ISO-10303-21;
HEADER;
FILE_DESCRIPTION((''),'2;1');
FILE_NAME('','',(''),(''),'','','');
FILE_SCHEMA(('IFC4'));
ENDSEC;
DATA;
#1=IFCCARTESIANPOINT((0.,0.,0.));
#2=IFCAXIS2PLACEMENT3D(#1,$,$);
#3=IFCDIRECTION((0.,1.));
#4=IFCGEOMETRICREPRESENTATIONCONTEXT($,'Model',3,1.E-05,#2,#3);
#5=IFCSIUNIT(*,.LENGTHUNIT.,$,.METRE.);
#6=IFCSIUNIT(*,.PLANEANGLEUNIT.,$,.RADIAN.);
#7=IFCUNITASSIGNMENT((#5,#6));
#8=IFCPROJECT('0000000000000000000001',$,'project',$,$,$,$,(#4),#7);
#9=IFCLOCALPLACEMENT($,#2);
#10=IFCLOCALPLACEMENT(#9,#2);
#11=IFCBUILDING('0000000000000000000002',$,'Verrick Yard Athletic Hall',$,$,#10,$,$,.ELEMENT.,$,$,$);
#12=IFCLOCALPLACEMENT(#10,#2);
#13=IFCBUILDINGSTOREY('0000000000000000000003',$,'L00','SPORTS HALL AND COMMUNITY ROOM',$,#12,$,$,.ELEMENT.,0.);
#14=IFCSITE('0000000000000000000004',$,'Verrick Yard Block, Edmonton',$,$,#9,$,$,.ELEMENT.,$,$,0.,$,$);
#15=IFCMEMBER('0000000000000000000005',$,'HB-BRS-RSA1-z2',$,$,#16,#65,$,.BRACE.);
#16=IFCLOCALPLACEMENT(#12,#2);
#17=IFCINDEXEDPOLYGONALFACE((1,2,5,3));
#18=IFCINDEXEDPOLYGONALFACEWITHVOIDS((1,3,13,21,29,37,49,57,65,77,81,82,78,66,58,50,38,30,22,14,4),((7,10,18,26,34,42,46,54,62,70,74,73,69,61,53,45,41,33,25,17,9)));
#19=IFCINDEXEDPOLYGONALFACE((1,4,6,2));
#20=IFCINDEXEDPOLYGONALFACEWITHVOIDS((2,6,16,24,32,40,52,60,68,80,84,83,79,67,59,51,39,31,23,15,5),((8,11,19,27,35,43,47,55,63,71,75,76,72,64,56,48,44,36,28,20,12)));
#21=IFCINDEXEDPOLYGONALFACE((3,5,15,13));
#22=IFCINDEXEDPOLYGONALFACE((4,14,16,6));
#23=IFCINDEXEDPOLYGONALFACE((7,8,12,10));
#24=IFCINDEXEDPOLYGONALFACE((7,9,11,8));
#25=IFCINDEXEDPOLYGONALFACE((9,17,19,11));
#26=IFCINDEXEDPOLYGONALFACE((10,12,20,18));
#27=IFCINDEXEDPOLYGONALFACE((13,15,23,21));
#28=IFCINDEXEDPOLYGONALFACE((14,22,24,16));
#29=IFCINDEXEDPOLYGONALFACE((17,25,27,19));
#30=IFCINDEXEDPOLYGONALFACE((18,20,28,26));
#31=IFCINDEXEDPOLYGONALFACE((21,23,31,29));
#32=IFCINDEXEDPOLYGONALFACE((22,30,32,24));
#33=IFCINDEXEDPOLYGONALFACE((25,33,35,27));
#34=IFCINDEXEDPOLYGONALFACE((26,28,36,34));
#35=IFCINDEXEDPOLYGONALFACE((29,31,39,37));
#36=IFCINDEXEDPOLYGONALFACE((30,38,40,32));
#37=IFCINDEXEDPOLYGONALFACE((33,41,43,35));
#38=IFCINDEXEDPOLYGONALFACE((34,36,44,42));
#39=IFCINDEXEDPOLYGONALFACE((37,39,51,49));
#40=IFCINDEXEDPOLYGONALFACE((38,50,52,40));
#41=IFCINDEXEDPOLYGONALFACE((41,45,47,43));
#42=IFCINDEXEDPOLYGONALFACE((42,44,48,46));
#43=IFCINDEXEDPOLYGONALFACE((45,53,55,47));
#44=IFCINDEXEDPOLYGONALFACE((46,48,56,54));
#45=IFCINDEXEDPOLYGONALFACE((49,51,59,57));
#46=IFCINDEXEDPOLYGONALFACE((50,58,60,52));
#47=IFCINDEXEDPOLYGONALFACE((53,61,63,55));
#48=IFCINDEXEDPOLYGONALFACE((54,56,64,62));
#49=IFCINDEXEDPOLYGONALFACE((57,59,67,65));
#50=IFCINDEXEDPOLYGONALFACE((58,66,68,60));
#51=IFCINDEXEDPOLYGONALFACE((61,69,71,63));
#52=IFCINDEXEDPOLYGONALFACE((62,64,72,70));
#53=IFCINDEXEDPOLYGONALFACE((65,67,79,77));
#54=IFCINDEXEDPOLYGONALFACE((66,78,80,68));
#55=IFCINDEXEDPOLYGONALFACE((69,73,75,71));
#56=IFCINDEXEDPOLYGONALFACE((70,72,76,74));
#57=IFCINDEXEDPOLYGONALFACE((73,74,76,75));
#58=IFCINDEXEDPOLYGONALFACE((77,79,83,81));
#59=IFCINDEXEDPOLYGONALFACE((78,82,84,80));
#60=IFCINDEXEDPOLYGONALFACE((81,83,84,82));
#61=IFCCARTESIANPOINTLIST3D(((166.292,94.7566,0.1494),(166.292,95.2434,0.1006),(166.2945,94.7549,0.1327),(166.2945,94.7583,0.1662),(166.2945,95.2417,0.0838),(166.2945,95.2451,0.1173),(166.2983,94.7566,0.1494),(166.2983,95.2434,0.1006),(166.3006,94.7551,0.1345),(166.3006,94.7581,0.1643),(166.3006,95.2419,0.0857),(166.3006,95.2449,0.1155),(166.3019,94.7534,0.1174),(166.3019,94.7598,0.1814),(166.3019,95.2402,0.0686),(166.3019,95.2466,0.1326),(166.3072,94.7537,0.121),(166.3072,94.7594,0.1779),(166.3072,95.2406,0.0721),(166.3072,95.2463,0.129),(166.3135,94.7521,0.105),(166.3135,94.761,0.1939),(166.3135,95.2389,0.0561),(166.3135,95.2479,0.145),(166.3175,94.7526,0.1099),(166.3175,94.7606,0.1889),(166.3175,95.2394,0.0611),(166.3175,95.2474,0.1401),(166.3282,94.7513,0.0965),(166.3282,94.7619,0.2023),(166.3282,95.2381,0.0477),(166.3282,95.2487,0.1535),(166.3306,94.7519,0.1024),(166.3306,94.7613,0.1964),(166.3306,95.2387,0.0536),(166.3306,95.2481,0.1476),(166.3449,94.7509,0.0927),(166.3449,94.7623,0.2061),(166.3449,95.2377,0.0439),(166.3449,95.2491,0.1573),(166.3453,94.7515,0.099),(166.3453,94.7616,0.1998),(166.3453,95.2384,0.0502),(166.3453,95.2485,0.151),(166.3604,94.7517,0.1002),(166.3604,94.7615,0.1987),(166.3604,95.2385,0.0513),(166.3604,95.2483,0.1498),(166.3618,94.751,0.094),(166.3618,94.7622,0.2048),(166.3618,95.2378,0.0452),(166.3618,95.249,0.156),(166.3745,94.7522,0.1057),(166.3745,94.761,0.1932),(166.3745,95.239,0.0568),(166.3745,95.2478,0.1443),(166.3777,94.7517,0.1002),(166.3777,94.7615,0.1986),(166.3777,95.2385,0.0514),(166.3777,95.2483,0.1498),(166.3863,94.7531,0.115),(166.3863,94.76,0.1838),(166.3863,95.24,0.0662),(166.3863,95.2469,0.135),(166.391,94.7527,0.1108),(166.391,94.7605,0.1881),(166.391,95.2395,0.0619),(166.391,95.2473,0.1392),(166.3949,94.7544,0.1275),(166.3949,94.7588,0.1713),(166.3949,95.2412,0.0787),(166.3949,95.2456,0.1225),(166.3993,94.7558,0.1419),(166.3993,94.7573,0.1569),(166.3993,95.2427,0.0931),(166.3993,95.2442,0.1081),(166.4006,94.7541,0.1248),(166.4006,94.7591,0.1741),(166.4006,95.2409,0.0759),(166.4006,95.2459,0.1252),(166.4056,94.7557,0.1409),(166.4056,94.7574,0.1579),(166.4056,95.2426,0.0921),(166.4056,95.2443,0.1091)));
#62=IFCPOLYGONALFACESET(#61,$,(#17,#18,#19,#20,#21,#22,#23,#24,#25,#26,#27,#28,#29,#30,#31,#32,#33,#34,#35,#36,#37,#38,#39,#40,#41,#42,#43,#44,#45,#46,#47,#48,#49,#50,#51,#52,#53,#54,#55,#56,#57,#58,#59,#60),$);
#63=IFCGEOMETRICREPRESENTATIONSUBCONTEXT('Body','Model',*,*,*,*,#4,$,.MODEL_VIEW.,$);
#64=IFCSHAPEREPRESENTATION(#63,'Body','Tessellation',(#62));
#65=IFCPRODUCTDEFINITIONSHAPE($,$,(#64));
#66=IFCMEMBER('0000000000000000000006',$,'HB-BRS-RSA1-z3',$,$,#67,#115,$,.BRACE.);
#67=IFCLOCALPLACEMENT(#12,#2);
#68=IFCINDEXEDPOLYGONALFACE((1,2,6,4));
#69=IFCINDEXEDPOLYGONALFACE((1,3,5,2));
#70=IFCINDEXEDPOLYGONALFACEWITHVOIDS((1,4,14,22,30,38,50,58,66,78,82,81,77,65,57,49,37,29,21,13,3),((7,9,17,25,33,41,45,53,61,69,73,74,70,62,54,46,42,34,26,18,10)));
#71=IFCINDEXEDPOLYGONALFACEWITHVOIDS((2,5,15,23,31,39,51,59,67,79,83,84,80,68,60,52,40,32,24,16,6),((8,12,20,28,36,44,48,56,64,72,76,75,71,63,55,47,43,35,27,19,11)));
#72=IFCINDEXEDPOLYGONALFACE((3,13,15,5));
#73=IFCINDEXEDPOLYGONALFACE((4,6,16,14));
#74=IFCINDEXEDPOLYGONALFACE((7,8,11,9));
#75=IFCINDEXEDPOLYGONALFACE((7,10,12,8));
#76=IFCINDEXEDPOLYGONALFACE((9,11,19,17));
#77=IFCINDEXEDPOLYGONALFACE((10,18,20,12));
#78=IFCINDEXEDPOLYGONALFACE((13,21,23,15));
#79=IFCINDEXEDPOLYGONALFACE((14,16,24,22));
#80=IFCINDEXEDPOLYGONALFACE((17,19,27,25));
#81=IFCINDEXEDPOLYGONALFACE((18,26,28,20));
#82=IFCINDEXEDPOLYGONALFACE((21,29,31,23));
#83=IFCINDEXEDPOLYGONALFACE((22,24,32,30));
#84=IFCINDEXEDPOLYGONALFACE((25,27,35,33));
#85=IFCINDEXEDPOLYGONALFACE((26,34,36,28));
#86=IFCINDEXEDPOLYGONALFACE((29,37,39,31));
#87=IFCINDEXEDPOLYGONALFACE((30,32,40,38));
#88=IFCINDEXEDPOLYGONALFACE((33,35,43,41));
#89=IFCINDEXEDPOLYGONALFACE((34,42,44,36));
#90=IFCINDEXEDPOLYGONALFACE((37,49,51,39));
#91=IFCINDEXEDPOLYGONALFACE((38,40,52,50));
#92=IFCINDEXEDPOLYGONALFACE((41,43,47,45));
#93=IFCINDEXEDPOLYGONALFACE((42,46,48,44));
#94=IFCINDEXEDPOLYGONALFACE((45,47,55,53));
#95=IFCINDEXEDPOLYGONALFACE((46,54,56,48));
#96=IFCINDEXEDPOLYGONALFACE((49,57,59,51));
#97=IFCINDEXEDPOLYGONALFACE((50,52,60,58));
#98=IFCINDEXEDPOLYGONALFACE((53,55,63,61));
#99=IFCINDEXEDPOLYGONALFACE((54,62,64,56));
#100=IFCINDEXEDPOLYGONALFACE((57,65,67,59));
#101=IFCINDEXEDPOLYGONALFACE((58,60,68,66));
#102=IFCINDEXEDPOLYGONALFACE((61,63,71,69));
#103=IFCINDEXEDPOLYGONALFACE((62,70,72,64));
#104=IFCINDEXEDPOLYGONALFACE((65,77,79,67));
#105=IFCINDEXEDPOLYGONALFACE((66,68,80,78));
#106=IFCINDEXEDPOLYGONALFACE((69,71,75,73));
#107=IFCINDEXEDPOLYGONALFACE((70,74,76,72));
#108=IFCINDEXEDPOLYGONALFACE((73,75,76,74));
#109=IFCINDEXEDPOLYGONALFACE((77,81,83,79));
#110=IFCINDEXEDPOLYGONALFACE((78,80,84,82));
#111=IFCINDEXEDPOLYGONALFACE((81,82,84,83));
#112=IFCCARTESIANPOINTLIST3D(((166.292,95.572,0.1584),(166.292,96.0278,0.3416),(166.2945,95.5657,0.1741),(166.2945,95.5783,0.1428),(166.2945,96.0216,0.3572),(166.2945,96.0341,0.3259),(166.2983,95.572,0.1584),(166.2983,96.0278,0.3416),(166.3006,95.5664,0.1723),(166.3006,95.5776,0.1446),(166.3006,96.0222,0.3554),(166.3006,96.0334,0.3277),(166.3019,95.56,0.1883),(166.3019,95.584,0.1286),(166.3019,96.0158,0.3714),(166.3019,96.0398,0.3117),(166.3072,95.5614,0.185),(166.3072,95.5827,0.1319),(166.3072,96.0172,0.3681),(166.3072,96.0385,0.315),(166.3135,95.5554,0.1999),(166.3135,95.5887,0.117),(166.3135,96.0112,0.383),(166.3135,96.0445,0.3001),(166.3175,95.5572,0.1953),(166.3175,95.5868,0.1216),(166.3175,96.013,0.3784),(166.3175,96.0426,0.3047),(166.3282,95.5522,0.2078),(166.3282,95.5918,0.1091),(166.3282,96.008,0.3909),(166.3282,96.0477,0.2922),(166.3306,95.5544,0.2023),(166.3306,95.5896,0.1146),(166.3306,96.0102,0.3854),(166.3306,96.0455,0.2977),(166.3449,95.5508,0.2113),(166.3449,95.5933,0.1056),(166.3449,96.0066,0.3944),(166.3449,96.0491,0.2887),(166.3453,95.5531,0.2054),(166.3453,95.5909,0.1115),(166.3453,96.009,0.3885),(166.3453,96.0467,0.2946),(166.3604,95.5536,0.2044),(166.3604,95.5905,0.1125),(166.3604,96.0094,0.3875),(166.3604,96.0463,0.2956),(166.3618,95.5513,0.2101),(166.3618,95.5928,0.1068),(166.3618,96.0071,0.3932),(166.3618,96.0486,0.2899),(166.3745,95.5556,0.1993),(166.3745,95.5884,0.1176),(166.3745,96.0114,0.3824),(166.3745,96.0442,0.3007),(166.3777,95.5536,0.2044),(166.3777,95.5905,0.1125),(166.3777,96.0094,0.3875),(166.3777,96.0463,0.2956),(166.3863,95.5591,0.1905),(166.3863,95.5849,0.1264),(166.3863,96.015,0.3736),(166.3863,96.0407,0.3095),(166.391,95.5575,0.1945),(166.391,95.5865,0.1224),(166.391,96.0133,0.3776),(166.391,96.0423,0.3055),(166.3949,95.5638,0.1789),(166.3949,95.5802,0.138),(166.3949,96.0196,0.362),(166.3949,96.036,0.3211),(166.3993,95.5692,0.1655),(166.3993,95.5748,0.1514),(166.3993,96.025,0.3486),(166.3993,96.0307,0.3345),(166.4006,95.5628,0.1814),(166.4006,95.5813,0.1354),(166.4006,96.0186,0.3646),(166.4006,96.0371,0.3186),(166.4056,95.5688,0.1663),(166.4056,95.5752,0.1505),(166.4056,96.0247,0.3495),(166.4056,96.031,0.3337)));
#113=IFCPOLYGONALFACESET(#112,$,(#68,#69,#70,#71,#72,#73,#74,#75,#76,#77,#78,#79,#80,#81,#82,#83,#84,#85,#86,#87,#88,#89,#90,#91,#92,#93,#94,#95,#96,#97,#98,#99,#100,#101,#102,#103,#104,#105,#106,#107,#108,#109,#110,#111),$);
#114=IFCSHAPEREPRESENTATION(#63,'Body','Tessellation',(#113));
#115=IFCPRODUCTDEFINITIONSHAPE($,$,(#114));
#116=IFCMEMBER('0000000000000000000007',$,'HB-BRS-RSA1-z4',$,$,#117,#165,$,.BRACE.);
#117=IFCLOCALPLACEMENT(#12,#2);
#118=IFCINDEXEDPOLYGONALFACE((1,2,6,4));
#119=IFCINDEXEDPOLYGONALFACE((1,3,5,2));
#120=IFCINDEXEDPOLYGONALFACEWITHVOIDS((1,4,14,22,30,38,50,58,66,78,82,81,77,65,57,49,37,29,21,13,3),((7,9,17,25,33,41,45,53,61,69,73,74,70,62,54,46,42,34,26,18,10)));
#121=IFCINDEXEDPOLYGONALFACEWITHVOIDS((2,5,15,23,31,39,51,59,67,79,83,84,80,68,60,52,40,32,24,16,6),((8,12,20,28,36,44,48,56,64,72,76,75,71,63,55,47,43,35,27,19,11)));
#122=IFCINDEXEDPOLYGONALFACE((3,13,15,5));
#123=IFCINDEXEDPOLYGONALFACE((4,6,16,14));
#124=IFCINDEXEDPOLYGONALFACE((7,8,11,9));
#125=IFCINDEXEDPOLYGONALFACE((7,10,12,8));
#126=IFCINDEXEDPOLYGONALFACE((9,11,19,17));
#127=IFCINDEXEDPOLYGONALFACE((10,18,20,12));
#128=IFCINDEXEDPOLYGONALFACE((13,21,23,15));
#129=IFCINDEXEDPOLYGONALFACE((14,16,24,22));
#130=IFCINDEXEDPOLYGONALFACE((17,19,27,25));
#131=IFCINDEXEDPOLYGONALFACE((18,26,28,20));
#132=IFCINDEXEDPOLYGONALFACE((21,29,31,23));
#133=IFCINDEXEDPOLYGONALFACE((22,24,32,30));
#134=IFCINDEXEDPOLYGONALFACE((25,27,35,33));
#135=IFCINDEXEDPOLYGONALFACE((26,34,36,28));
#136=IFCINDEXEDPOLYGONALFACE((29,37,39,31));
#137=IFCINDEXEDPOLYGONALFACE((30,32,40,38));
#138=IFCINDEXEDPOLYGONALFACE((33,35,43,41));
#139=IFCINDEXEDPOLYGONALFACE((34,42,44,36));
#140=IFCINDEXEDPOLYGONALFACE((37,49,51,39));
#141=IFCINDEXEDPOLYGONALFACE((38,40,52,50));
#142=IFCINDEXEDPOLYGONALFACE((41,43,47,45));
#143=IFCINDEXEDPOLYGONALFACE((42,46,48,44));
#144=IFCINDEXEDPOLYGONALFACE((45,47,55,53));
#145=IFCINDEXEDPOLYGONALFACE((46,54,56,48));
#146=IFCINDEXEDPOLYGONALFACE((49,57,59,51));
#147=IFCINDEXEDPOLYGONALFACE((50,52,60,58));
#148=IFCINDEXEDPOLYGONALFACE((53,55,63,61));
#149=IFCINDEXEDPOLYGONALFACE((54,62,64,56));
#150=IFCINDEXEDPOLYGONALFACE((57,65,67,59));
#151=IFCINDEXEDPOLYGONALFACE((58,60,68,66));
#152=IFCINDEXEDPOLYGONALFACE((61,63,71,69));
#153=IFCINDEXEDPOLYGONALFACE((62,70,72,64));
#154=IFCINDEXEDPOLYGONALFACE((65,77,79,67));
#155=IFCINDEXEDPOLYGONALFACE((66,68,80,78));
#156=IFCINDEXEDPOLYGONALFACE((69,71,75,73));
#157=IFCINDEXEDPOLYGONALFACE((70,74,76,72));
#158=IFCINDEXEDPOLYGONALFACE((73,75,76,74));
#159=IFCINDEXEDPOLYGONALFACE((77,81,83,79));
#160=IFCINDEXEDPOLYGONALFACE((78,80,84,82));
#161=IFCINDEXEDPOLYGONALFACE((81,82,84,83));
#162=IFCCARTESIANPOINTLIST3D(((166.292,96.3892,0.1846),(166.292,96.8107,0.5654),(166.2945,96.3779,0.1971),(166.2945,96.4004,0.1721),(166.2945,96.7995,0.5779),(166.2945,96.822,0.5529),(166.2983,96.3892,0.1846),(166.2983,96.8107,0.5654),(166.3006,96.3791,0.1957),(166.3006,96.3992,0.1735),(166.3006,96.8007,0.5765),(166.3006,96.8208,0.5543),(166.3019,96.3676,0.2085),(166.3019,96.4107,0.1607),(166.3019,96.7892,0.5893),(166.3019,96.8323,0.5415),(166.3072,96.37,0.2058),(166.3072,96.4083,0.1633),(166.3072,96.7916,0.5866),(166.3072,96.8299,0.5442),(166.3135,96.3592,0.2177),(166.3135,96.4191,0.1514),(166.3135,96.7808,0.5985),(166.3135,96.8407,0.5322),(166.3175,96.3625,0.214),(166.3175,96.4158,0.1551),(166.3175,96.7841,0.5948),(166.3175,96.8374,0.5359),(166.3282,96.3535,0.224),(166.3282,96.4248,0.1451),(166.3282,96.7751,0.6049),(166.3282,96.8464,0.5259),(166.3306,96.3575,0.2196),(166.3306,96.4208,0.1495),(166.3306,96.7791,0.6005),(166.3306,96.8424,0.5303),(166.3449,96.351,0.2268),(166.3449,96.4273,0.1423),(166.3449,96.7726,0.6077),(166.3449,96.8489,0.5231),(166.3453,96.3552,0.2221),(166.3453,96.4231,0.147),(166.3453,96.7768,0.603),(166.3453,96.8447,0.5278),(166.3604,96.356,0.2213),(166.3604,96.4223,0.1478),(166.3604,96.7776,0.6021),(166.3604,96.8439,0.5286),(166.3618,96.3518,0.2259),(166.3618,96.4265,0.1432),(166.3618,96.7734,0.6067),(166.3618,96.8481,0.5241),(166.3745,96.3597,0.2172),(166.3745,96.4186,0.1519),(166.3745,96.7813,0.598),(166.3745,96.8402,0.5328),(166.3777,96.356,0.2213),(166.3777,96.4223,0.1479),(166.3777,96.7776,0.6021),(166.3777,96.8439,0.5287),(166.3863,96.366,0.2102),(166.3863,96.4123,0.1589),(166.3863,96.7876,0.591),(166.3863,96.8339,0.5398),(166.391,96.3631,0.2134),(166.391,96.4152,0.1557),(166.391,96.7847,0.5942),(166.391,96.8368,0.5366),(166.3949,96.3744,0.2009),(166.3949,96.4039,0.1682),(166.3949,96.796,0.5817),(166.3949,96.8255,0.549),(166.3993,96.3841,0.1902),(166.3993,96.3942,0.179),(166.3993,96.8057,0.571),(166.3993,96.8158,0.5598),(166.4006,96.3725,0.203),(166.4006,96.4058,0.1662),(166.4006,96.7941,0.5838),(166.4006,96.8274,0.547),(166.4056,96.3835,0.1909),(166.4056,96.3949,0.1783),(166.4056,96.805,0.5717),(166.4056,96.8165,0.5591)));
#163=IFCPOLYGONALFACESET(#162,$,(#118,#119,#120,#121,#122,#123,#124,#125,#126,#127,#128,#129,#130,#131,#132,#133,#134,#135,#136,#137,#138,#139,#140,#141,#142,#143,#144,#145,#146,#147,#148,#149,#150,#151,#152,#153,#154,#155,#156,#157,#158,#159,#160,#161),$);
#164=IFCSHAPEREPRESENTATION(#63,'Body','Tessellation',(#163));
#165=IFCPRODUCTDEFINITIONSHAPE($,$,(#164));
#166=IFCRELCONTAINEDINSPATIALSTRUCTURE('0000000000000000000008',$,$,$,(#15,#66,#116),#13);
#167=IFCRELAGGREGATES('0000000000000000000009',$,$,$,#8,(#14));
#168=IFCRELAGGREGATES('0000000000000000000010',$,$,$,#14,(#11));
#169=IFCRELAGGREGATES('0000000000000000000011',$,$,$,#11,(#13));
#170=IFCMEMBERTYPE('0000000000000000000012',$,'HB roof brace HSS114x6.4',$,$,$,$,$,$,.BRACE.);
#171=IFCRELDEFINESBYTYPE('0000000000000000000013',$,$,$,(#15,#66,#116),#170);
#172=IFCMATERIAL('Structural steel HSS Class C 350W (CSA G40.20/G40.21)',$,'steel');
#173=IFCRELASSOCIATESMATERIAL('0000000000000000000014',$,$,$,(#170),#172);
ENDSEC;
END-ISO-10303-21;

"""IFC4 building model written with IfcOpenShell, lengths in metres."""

from ifc_helpers import new_model, si_unit, direction, frame, origin, origin_2d, place, context, subcontext, project, spatial, hollow_circle, extrude, material, material_profile, profile_set, type_object, element, save


model = new_model("IFC4")

# Units and contexts
model_context = context("Model", 3, precision=1e-05, world=origin(), true_north=direction((0.0, 1.0)))
body_context = subcontext(model_context, "Body", "Model", "MODEL_VIEW")
ifc_project = project(units=[si_unit("LENGTHUNIT", "METRE"), si_unit("PLANEANGLEUNIT", "RADIAN")], contexts=[model_context])

# Site, building, storey
site_placement = place(None, origin())
site = spatial("IfcSite", under=ifc_project, at=site_placement, Name="Verrick Yard Block, Edmonton", CompositionType="ELEMENT", RefElevation=0.0)
building_placement = place(site_placement, origin())
building = spatial("IfcBuilding", under=site, at=building_placement, Name="Verrick Yard Athletic Hall", CompositionType="ELEMENT")
storey_placement = place(building_placement, origin())
storey = spatial("IfcBuildingStorey", under=building, at=storey_placement, Name="L00", Description="SPORTS HALL AND COMMUNITY ROOM", CompositionType="ELEMENT", Elevation=0.0)

# Members
ifc_material = material(Name="Structural steel HSS Class C 350W (CSA G40.20/G40.21)", Category="steel")
ifc_material_profile_1 = material_profile(ifc_material, hollow_circle(Radius=0.0571, WallThickness=0.0063, at=origin_2d()), Name="HSS114x6.4")
ifc_profile_set_1 = profile_set([ifc_material_profile_1], Name="Structural steel HSS Class C 350W (CSA G40.20/G40.21)")
member_type_1 = type_object("IfcMemberType", Name="HB roof brace HSS114x6.4", PredefinedType="BRACE", material=ifc_profile_set_1)
member_1_placement = place(storey_placement, frame((166.3491, 94.7566, 0.1494), z_axis=(0.0, 0.995008, -0.0998), x_axis=(-1.0, 0.0, 0.0)))
element("IfcMember", 1, at=member_1_placement, inside=storey, type_object=member_type_1, Name="HB-BRS-RSA1-z2", PredefinedType="BRACE", context=body_context, shape_type="SweptSolid", body=[
    extrude(hollow_circle(Radius=0.0571, WallThickness=0.0063, at=origin_2d()), origin(), (0.0, 0.0, 1.0), 0.4893),
])
member_2_placement = place(storey_placement, frame((166.3491, 95.572, 0.1584), z_axis=(0.0, 0.927927, 0.372761), x_axis=(-1.0, 0.0, 0.0)))
element("IfcMember", 2, at=member_2_placement, inside=storey, type_object=member_type_1, Name="HB-BRS-RSA1-z3", PredefinedType="BRACE", context=body_context, shape_type="SweptSolid", body=[
    extrude(hollow_circle(Radius=0.0571, WallThickness=0.0063, at=origin_2d()), origin(), (0.0, 0.0, 1.0), 0.4912),
])
member_3_placement = place(storey_placement, frame((166.3491, 96.3892, 0.1846), z_axis=(0.0, 0.742075, 0.670317), x_axis=(-1.0, 0.0, 0.0)))
element("IfcMember", 3, at=member_3_placement, inside=storey, type_object=member_type_1, Name="HB-BRS-RSA1-z4", PredefinedType="BRACE", context=body_context, shape_type="SweptSolid", body=[
    extrude(hollow_circle(Radius=0.0571, WallThickness=0.0063, at=origin_2d()), origin(), (0.0, 0.0, 1.0), 0.5681),
])

save(model, "model.ifc")
